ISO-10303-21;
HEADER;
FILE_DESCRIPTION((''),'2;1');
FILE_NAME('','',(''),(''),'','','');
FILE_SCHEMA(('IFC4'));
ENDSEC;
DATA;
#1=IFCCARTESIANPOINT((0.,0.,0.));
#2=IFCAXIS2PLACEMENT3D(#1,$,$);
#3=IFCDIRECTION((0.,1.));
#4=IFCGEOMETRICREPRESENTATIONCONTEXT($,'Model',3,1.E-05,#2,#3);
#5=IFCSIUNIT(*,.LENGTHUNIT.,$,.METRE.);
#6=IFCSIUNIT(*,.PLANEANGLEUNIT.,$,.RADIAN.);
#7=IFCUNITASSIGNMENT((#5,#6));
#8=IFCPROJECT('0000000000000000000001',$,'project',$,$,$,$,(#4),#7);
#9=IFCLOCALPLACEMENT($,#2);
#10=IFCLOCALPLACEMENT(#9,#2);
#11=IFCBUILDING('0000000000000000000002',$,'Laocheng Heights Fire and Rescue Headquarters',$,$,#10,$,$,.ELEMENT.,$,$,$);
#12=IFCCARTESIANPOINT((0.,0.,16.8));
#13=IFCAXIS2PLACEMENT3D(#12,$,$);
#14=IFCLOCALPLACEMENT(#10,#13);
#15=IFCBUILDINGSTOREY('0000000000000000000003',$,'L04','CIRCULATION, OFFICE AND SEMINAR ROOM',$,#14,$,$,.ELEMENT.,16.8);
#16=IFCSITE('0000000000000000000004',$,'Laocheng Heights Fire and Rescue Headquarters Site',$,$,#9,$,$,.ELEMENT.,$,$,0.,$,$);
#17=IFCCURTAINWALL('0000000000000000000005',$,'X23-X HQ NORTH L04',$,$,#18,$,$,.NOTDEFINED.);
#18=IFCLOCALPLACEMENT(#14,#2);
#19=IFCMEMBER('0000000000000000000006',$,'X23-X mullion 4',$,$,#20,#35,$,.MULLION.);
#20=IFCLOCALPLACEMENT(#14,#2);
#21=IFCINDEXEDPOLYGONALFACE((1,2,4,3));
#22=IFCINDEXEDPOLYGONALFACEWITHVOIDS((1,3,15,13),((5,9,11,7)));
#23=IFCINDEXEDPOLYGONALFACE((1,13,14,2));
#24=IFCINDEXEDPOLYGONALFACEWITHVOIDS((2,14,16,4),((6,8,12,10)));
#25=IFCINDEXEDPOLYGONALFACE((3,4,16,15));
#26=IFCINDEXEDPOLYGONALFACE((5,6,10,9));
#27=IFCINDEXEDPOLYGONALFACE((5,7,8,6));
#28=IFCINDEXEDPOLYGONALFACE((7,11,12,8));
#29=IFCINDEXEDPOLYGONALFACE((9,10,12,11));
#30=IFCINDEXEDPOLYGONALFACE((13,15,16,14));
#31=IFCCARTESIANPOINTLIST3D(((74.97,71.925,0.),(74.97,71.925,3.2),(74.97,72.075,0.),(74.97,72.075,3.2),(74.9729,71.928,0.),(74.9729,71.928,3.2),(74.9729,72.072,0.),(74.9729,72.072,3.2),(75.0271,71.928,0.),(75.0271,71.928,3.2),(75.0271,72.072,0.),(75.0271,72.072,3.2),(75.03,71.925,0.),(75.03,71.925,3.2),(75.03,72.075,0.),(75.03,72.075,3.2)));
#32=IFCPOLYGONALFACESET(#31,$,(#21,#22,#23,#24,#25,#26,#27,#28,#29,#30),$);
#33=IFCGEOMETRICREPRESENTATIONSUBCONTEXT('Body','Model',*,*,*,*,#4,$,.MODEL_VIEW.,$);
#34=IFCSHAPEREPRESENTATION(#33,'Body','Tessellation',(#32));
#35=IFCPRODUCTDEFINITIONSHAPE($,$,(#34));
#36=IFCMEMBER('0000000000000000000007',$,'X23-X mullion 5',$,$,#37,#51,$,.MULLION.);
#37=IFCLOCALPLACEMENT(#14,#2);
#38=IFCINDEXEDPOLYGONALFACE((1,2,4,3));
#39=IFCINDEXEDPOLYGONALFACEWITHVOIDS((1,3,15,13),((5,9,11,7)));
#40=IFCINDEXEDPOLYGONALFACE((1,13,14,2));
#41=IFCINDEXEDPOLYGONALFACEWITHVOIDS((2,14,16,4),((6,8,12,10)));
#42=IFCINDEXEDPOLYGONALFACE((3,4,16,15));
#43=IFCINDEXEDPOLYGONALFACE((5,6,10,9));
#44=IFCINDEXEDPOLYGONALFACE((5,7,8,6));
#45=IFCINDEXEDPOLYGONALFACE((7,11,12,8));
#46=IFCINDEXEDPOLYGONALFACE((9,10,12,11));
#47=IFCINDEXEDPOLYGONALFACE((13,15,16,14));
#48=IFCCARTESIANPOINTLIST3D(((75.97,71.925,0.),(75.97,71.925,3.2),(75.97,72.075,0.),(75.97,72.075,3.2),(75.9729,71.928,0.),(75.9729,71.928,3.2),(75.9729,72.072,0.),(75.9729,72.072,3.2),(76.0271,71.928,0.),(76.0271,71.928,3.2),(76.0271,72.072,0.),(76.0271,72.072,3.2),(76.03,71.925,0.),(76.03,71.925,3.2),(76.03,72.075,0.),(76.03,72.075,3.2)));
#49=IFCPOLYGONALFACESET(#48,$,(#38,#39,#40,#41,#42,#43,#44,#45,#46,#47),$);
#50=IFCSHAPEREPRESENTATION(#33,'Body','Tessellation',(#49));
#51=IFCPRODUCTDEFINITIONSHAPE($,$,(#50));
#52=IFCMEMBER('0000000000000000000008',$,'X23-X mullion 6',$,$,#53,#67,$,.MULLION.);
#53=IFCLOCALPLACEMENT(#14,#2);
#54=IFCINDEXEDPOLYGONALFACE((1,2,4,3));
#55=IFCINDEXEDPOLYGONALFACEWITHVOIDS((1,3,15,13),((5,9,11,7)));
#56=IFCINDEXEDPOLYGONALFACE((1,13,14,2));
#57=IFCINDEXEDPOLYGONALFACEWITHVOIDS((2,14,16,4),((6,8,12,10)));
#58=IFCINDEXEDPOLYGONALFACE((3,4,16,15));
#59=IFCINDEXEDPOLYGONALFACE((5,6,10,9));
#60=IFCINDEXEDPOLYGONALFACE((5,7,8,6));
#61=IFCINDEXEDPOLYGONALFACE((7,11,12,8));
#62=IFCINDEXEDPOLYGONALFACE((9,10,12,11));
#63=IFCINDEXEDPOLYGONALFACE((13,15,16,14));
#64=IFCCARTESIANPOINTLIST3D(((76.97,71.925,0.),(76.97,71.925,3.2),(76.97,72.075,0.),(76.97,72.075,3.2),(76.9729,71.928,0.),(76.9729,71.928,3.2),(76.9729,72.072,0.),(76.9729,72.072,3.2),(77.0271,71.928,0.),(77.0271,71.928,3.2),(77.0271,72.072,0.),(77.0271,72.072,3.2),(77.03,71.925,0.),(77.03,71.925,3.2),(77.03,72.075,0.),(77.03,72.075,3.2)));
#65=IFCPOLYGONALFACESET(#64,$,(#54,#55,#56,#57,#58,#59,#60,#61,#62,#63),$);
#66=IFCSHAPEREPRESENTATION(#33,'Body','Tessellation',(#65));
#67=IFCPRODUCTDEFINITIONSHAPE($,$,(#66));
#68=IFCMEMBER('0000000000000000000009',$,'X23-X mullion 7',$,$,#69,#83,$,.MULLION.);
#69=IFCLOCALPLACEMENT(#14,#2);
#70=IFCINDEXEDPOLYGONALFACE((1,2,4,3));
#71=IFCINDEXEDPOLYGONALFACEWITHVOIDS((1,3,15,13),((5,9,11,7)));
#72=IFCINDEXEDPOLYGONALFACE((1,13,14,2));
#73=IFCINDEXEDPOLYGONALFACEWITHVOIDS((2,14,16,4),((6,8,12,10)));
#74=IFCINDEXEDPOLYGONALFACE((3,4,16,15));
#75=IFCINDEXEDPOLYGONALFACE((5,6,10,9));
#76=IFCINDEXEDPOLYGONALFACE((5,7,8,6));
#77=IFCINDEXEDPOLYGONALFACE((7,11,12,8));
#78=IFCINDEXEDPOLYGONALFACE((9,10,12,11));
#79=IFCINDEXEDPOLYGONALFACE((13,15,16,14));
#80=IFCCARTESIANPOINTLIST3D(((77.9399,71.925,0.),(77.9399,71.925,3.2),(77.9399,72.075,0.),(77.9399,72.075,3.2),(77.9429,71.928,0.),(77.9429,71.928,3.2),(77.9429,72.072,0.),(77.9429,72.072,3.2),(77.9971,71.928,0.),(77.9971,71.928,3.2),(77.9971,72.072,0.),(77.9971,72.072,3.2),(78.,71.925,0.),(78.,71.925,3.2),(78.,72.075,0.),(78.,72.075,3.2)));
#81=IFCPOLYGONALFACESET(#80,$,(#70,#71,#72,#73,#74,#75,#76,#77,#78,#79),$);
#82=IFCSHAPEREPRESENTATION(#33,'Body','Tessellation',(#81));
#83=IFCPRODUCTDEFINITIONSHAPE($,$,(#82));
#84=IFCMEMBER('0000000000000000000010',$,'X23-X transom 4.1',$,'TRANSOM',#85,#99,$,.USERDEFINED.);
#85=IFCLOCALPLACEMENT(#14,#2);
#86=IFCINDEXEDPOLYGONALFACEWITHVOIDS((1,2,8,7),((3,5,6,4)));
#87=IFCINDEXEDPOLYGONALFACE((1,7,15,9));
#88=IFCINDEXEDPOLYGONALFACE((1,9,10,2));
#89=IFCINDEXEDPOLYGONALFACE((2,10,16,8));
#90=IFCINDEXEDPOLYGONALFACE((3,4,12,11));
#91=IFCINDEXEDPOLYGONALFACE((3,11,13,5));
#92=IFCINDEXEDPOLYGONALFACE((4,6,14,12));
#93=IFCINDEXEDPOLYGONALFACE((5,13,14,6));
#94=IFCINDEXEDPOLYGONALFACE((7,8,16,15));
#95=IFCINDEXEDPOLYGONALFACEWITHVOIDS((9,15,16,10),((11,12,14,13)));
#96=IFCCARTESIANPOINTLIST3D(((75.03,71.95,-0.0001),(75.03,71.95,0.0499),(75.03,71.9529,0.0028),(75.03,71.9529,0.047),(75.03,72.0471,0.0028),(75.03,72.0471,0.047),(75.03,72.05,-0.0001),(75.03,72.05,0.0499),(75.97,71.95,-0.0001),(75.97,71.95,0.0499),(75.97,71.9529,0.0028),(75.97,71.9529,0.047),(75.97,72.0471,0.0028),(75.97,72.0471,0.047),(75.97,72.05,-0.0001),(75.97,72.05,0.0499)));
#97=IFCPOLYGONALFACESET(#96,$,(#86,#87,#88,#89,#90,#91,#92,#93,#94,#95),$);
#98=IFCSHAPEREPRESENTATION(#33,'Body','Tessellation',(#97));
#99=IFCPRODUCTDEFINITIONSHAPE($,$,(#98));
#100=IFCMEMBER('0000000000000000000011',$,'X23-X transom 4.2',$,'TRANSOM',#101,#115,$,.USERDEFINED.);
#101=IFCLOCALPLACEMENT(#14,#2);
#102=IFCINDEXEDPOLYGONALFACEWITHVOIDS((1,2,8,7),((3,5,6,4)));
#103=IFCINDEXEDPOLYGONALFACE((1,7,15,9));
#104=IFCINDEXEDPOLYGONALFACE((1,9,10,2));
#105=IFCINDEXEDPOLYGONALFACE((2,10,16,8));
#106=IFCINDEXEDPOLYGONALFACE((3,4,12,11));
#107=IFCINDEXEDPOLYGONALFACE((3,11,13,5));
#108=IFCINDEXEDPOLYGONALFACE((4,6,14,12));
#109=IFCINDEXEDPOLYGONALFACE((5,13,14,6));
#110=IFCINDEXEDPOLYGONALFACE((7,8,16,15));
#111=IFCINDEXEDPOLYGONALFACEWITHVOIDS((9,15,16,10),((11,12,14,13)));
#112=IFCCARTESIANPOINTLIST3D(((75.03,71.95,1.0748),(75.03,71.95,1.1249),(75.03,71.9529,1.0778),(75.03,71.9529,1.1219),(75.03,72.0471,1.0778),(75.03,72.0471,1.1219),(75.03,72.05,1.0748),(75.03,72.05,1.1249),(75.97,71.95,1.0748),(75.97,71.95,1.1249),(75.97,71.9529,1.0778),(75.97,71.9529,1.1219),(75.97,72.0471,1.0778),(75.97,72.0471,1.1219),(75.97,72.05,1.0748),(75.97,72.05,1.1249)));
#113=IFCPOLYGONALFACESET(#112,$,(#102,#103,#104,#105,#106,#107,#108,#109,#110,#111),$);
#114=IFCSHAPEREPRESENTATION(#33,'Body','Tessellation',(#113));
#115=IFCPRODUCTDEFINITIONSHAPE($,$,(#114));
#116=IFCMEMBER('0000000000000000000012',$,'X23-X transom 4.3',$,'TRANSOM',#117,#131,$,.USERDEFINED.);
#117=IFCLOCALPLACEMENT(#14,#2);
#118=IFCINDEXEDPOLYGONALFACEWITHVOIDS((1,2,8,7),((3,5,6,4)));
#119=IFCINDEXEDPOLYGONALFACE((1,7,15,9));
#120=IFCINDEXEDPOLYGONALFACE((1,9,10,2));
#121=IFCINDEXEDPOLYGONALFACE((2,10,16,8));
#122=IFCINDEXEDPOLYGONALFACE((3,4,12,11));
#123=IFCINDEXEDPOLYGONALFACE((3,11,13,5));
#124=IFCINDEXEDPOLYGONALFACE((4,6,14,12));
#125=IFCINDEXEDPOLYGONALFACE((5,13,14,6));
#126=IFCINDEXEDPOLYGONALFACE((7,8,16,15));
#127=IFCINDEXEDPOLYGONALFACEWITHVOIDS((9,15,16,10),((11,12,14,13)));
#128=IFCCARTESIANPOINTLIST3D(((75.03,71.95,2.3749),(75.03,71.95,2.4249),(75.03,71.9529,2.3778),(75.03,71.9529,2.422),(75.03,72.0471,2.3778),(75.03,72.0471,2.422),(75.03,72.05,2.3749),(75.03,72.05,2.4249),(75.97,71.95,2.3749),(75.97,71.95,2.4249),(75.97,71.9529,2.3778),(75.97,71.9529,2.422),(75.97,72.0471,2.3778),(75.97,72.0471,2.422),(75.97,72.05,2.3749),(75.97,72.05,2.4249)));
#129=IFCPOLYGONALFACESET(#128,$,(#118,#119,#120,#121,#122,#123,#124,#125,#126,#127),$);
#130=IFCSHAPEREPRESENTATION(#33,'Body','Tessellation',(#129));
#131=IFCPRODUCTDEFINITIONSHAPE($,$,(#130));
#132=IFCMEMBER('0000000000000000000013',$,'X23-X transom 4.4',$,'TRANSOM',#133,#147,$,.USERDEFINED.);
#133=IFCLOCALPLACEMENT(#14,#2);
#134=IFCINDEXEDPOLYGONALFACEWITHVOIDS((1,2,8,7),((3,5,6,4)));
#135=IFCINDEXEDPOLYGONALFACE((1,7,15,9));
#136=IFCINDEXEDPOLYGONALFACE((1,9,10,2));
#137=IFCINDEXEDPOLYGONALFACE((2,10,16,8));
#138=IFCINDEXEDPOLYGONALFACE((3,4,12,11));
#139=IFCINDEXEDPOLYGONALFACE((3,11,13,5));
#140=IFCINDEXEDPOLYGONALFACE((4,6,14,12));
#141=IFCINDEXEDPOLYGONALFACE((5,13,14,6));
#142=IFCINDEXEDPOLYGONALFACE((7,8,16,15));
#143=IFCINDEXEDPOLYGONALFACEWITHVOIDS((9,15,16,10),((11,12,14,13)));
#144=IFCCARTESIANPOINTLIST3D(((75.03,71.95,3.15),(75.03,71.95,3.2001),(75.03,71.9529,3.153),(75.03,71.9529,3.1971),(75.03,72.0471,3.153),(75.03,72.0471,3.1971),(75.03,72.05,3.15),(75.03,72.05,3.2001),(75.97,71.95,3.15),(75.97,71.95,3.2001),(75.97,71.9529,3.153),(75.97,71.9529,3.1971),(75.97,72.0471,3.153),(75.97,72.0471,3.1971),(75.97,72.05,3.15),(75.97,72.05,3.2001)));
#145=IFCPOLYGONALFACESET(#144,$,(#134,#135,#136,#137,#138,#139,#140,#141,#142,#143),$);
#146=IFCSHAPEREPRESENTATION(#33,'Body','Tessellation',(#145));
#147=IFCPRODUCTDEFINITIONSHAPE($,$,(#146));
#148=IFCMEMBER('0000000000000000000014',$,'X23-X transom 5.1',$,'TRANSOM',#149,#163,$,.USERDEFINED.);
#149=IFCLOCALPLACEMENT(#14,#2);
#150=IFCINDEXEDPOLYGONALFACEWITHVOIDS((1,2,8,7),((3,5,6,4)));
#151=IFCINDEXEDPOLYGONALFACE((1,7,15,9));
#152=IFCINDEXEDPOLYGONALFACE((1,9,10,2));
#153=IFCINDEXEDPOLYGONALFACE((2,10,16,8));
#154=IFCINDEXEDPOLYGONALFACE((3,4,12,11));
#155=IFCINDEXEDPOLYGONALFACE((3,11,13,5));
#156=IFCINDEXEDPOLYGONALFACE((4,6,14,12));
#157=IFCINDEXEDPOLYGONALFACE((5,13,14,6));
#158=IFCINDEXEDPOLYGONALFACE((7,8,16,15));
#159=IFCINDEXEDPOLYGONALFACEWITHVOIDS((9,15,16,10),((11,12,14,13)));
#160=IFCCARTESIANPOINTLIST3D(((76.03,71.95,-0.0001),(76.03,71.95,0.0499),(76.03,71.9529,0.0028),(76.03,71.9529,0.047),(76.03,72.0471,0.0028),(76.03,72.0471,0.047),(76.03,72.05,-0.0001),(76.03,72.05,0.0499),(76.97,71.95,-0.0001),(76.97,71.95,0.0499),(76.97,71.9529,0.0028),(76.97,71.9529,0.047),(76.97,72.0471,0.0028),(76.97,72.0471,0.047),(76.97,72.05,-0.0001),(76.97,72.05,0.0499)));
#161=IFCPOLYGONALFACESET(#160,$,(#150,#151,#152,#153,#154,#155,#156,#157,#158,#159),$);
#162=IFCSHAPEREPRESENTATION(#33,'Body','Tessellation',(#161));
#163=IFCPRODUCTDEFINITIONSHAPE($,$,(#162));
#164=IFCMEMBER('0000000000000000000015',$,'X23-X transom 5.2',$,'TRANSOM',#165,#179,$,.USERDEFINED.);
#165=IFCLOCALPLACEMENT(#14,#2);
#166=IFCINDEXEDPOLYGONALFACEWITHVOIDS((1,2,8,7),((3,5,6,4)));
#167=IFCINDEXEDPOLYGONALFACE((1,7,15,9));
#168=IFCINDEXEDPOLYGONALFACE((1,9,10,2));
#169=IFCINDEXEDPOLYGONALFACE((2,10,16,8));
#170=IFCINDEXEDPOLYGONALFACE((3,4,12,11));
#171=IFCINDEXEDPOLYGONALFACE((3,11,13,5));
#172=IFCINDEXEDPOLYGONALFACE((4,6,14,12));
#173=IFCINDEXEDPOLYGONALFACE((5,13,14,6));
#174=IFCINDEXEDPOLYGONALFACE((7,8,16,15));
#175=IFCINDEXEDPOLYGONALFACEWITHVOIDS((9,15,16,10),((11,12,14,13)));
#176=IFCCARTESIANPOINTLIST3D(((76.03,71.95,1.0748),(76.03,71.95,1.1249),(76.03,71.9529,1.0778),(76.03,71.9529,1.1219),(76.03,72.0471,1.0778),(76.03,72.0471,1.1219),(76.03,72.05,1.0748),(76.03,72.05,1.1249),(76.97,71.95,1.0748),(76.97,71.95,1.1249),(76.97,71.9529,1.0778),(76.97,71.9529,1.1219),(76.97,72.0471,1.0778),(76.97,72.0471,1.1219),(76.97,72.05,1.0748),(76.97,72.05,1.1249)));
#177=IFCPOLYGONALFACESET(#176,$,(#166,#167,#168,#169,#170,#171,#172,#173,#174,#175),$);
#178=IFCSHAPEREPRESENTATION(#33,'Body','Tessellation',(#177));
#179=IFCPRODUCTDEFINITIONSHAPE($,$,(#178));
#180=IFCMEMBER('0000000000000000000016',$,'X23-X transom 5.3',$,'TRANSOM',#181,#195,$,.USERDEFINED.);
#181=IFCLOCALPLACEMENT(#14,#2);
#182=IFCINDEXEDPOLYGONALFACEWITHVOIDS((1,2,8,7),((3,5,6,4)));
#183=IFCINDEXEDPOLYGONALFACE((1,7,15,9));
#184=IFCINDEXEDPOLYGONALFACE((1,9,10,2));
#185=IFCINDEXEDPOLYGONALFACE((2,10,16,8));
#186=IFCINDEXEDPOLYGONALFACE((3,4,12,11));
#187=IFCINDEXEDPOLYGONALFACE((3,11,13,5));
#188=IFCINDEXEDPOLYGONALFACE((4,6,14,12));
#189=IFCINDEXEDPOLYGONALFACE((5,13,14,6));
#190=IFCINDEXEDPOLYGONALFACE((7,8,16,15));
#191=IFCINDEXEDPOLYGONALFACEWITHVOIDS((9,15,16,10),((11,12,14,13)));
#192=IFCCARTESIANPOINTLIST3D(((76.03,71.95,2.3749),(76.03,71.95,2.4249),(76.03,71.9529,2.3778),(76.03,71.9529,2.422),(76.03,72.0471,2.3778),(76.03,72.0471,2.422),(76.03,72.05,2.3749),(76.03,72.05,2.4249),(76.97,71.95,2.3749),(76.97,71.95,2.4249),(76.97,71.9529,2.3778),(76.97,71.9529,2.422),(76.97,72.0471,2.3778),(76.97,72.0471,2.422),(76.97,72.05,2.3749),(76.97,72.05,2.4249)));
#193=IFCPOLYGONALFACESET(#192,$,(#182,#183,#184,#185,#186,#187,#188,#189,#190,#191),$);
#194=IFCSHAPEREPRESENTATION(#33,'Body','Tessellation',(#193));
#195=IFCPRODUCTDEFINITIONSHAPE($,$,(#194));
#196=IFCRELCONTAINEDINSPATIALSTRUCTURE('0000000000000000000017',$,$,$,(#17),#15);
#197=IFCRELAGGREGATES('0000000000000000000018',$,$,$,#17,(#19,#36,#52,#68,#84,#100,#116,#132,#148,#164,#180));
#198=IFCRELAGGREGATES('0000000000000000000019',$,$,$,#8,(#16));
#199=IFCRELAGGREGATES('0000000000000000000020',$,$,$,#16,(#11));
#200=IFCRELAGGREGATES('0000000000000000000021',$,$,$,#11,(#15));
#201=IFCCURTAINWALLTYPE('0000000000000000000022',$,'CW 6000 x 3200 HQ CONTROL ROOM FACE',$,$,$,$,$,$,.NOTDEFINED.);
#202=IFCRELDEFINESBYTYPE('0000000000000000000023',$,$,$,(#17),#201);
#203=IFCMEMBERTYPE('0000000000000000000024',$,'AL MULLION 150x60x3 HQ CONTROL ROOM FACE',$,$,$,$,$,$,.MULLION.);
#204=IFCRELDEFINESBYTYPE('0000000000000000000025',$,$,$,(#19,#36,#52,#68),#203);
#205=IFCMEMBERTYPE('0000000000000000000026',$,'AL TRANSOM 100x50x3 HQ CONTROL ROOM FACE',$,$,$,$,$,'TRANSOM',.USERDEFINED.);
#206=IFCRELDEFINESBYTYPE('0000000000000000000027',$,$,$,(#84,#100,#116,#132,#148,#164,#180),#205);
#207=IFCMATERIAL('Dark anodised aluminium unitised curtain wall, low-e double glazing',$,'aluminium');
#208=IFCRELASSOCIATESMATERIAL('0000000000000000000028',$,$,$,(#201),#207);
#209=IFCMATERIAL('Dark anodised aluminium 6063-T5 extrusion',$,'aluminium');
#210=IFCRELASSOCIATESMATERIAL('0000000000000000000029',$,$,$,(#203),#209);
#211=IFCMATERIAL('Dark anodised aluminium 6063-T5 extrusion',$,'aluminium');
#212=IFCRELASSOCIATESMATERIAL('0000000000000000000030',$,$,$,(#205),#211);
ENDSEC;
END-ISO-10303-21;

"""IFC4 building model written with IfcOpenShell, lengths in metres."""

from ifc_helpers import new_model, si_unit, direction, frame, origin, origin_2d, place, context, subcontext, project, spatial, hollow_rectangle, extrude, material, material_profile, profile_set, type_object, element, aggregate, save


model = new_model("IFC4")

# Units and contexts
model_context = context("Model", 3, precision=1e-05, world=origin(), true_north=direction((0.0, 1.0)))
body_context = subcontext(model_context, "Body", "Model", "MODEL_VIEW")
ifc_project = project(units=[si_unit("LENGTHUNIT", "METRE"), si_unit("PLANEANGLEUNIT", "RADIAN")], contexts=[model_context])

# Site, building, storey
site_placement = place(None, origin())
site = spatial("IfcSite", under=ifc_project, at=site_placement, Name="Laocheng Heights Fire and Rescue Headquarters Site", CompositionType="ELEMENT", RefElevation=0.0)
building_placement = place(site_placement, origin())
building = spatial("IfcBuilding", under=site, at=building_placement, Name="Laocheng Heights Fire and Rescue Headquarters", CompositionType="ELEMENT")
storey_placement = place(building_placement, frame((0.0, 0.0, 16.8)))
storey = spatial("IfcBuildingStorey", under=building, at=storey_placement, Name="L04", Description="CIRCULATION, OFFICE AND SEMINAR ROOM", CompositionType="ELEMENT", Elevation=16.8)

# Curtain wall, members
ifc_material_1 = material(Name="Dark anodised aluminium unitised curtain wall, low-e double glazing", Category="aluminium")
curtain_wall_type = type_object("IfcCurtainWallType", Name="CW 6000 x 3200 HQ CONTROL ROOM FACE", PredefinedType="NOTDEFINED", material=ifc_material_1)
curtain_wall_placement = place(storey_placement, origin())
curtain_wall = element("IfcCurtainWall", 1, at=curtain_wall_placement, inside=storey, type_object=curtain_wall_type, Name="X23-X HQ NORTH L04", PredefinedType="NOTDEFINED")
ifc_material_2 = material(Name="Dark anodised aluminium 6063-T5 extrusion", Category="aluminium")
ifc_material_profile_1 = material_profile(ifc_material_2, hollow_rectangle(XDim=0.1499, YDim=0.0601, WallThickness=0.0029, at=origin_2d()), Name="AL MULLION 150x60x3 HQ CONTROL ROOM FACE")
ifc_profile_set_1 = profile_set([ifc_material_profile_1], Name="Dark anodised aluminium 6063-T5 extrusion")
member_type_1 = type_object("IfcMemberType", Name="AL MULLION 150x60x3 HQ CONTROL ROOM FACE", PredefinedType="MULLION", material=ifc_profile_set_1)
member_1_placement = place(storey_placement, frame((75.0, 72.0, 0.0), z_axis=(0.0, 0.0, 1.0), x_axis=(0.0, 1.0, 0.0)))
member_1 = element("IfcMember", 2, at=member_1_placement, type_object=member_type_1, Name="X23-X mullion 4", PredefinedType="MULLION", context=body_context, shape_type="SweptSolid", body=[
    extrude(hollow_rectangle(XDim=0.1499, YDim=0.0601, WallThickness=0.0029, at=origin_2d()), origin(), (0.0, 0.0, 1.0), 3.2),
])
member_2_placement = place(storey_placement, frame((76.0, 72.0, 0.0), z_axis=(0.0, 0.0, 1.0), x_axis=(0.0, 1.0, 0.0)))
member_2 = element("IfcMember", 3, at=member_2_placement, type_object=member_type_1, Name="X23-X mullion 5", PredefinedType="MULLION", context=body_context, shape_type="SweptSolid", body=[
    extrude(hollow_rectangle(XDim=0.1499, YDim=0.0601, WallThickness=0.0029, at=origin_2d()), origin(), (0.0, 0.0, 1.0), 3.2),
])
member_3_placement = place(storey_placement, frame((77.0, 72.0, 0.0), z_axis=(0.0, 0.0, 1.0), x_axis=(0.0, 1.0, 0.0)))
member_3 = element("IfcMember", 4, at=member_3_placement, type_object=member_type_1, Name="X23-X mullion 6", PredefinedType="MULLION", context=body_context, shape_type="SweptSolid", body=[
    extrude(hollow_rectangle(XDim=0.1499, YDim=0.0601, WallThickness=0.0029, at=origin_2d()), origin(), (0.0, 0.0, 1.0), 3.2),
])
member_4_placement = place(storey_placement, frame((77.97, 72.0, 0.0), z_axis=(0.0, 0.0, 1.0), x_axis=(0.0, 1.0, 0.0)))
member_4 = element("IfcMember", 5, at=member_4_placement, type_object=member_type_1, Name="X23-X mullion 7", PredefinedType="MULLION", context=body_context, shape_type="SweptSolid", body=[
    extrude(hollow_rectangle(XDim=0.1499, YDim=0.0601, WallThickness=0.0029, at=origin_2d()), origin(), (0.0, 0.0, 1.0), 3.2),
])
ifc_material_3 = material(Name="Dark anodised aluminium 6063-T5 extrusion", Category="aluminium")
ifc_material_profile_2 = material_profile(ifc_material_3, hollow_rectangle(XDim=0.1001, YDim=0.05, WallThickness=0.0029, at=origin_2d()), Name="AL TRANSOM 100x50x3 HQ CONTROL ROOM FACE")
ifc_profile_set_2 = profile_set([ifc_material_profile_2], Name="Dark anodised aluminium 6063-T5 extrusion")
member_type_2 = type_object("IfcMemberType", Name="AL TRANSOM 100x50x3 HQ CONTROL ROOM FACE", ElementType="TRANSOM", PredefinedType="USERDEFINED", material=ifc_profile_set_2)
member_5_placement = place(storey_placement, frame((75.03, 72.0, 0.0249), z_axis=(1.0, 0.0, 0.0), x_axis=(0.0, 1.0, 0.0)))
member_5 = element("IfcMember", 6, at=member_5_placement, type_object=member_type_2, Name="X23-X transom 4.1", ObjectType="TRANSOM", PredefinedType="USERDEFINED", context=body_context, shape_type="SweptSolid", body=[
    extrude(hollow_rectangle(XDim=0.1001, YDim=0.05, WallThickness=0.0029, at=origin_2d()), origin(), (0.0, 0.0, 1.0), 0.9399),
])
member_6_placement = place(storey_placement, frame((75.03, 72.0, 1.0999), z_axis=(1.0, 0.0, 0.0), x_axis=(0.0, 1.0, 0.0)))
member_6 = element("IfcMember", 7, at=member_6_placement, type_object=member_type_2, Name="X23-X transom 4.2", ObjectType="TRANSOM", PredefinedType="USERDEFINED", context=body_context, shape_type="SweptSolid", body=[
    extrude(hollow_rectangle(XDim=0.1001, YDim=0.05, WallThickness=0.0029, at=origin_2d()), origin(), (0.0, 0.0, 1.0), 0.9399),
])
member_7_placement = place(storey_placement, frame((75.03, 72.0, 2.3999), z_axis=(1.0, 0.0, 0.0), x_axis=(0.0, 1.0, 0.0)))
member_7 = element("IfcMember", 8, at=member_7_placement, type_object=member_type_2, Name="X23-X transom 4.3", ObjectType="TRANSOM", PredefinedType="USERDEFINED", context=body_context, shape_type="SweptSolid", body=[
    extrude(hollow_rectangle(XDim=0.1001, YDim=0.05, WallThickness=0.0029, at=origin_2d()), origin(), (0.0, 0.0, 1.0), 0.9399),
])
member_8_placement = place(storey_placement, frame((75.03, 72.0, 3.175), z_axis=(1.0, 0.0, 0.0), x_axis=(0.0, 1.0, 0.0)))
member_8 = element("IfcMember", 9, at=member_8_placement, type_object=member_type_2, Name="X23-X transom 4.4", ObjectType="TRANSOM", PredefinedType="USERDEFINED", context=body_context, shape_type="SweptSolid", body=[
    extrude(hollow_rectangle(XDim=0.1001, YDim=0.05, WallThickness=0.0029, at=origin_2d()), origin(), (0.0, 0.0, 1.0), 0.9399),
])
member_9_placement = place(storey_placement, frame((76.03, 72.0, 0.0249), z_axis=(1.0, 0.0, 0.0), x_axis=(0.0, 1.0, 0.0)))
member_9 = element("IfcMember", 10, at=member_9_placement, type_object=member_type_2, Name="X23-X transom 5.1", ObjectType="TRANSOM", PredefinedType="USERDEFINED", context=body_context, shape_type="SweptSolid", body=[
    extrude(hollow_rectangle(XDim=0.1001, YDim=0.05, WallThickness=0.0029, at=origin_2d()), origin(), (0.0, 0.0, 1.0), 0.9399),
])
member_10_placement = place(storey_placement, frame((76.03, 72.0, 1.0999), z_axis=(1.0, 0.0, 0.0), x_axis=(0.0, 1.0, 0.0)))
member_10 = element("IfcMember", 11, at=member_10_placement, type_object=member_type_2, Name="X23-X transom 5.2", ObjectType="TRANSOM", PredefinedType="USERDEFINED", context=body_context, shape_type="SweptSolid", body=[
    extrude(hollow_rectangle(XDim=0.1001, YDim=0.05, WallThickness=0.0029, at=origin_2d()), origin(), (0.0, 0.0, 1.0), 0.9399),
])
member_11_placement = place(storey_placement, frame((76.03, 72.0, 2.3999), z_axis=(1.0, 0.0, 0.0), x_axis=(0.0, 1.0, 0.0)))
member_11 = element("IfcMember", 12, at=member_11_placement, type_object=member_type_2, Name="X23-X transom 5.3", ObjectType="TRANSOM", PredefinedType="USERDEFINED", context=body_context, shape_type="SweptSolid", body=[
    extrude(hollow_rectangle(XDim=0.1001, YDim=0.05, WallThickness=0.0029, at=origin_2d()), origin(), (0.0, 0.0, 1.0), 0.9399),
])
aggregate(curtain_wall, [member_1, member_2, member_3, member_4, member_5, member_6, member_7, member_8, member_9, member_10, member_11])

save(model, "model.ifc")
